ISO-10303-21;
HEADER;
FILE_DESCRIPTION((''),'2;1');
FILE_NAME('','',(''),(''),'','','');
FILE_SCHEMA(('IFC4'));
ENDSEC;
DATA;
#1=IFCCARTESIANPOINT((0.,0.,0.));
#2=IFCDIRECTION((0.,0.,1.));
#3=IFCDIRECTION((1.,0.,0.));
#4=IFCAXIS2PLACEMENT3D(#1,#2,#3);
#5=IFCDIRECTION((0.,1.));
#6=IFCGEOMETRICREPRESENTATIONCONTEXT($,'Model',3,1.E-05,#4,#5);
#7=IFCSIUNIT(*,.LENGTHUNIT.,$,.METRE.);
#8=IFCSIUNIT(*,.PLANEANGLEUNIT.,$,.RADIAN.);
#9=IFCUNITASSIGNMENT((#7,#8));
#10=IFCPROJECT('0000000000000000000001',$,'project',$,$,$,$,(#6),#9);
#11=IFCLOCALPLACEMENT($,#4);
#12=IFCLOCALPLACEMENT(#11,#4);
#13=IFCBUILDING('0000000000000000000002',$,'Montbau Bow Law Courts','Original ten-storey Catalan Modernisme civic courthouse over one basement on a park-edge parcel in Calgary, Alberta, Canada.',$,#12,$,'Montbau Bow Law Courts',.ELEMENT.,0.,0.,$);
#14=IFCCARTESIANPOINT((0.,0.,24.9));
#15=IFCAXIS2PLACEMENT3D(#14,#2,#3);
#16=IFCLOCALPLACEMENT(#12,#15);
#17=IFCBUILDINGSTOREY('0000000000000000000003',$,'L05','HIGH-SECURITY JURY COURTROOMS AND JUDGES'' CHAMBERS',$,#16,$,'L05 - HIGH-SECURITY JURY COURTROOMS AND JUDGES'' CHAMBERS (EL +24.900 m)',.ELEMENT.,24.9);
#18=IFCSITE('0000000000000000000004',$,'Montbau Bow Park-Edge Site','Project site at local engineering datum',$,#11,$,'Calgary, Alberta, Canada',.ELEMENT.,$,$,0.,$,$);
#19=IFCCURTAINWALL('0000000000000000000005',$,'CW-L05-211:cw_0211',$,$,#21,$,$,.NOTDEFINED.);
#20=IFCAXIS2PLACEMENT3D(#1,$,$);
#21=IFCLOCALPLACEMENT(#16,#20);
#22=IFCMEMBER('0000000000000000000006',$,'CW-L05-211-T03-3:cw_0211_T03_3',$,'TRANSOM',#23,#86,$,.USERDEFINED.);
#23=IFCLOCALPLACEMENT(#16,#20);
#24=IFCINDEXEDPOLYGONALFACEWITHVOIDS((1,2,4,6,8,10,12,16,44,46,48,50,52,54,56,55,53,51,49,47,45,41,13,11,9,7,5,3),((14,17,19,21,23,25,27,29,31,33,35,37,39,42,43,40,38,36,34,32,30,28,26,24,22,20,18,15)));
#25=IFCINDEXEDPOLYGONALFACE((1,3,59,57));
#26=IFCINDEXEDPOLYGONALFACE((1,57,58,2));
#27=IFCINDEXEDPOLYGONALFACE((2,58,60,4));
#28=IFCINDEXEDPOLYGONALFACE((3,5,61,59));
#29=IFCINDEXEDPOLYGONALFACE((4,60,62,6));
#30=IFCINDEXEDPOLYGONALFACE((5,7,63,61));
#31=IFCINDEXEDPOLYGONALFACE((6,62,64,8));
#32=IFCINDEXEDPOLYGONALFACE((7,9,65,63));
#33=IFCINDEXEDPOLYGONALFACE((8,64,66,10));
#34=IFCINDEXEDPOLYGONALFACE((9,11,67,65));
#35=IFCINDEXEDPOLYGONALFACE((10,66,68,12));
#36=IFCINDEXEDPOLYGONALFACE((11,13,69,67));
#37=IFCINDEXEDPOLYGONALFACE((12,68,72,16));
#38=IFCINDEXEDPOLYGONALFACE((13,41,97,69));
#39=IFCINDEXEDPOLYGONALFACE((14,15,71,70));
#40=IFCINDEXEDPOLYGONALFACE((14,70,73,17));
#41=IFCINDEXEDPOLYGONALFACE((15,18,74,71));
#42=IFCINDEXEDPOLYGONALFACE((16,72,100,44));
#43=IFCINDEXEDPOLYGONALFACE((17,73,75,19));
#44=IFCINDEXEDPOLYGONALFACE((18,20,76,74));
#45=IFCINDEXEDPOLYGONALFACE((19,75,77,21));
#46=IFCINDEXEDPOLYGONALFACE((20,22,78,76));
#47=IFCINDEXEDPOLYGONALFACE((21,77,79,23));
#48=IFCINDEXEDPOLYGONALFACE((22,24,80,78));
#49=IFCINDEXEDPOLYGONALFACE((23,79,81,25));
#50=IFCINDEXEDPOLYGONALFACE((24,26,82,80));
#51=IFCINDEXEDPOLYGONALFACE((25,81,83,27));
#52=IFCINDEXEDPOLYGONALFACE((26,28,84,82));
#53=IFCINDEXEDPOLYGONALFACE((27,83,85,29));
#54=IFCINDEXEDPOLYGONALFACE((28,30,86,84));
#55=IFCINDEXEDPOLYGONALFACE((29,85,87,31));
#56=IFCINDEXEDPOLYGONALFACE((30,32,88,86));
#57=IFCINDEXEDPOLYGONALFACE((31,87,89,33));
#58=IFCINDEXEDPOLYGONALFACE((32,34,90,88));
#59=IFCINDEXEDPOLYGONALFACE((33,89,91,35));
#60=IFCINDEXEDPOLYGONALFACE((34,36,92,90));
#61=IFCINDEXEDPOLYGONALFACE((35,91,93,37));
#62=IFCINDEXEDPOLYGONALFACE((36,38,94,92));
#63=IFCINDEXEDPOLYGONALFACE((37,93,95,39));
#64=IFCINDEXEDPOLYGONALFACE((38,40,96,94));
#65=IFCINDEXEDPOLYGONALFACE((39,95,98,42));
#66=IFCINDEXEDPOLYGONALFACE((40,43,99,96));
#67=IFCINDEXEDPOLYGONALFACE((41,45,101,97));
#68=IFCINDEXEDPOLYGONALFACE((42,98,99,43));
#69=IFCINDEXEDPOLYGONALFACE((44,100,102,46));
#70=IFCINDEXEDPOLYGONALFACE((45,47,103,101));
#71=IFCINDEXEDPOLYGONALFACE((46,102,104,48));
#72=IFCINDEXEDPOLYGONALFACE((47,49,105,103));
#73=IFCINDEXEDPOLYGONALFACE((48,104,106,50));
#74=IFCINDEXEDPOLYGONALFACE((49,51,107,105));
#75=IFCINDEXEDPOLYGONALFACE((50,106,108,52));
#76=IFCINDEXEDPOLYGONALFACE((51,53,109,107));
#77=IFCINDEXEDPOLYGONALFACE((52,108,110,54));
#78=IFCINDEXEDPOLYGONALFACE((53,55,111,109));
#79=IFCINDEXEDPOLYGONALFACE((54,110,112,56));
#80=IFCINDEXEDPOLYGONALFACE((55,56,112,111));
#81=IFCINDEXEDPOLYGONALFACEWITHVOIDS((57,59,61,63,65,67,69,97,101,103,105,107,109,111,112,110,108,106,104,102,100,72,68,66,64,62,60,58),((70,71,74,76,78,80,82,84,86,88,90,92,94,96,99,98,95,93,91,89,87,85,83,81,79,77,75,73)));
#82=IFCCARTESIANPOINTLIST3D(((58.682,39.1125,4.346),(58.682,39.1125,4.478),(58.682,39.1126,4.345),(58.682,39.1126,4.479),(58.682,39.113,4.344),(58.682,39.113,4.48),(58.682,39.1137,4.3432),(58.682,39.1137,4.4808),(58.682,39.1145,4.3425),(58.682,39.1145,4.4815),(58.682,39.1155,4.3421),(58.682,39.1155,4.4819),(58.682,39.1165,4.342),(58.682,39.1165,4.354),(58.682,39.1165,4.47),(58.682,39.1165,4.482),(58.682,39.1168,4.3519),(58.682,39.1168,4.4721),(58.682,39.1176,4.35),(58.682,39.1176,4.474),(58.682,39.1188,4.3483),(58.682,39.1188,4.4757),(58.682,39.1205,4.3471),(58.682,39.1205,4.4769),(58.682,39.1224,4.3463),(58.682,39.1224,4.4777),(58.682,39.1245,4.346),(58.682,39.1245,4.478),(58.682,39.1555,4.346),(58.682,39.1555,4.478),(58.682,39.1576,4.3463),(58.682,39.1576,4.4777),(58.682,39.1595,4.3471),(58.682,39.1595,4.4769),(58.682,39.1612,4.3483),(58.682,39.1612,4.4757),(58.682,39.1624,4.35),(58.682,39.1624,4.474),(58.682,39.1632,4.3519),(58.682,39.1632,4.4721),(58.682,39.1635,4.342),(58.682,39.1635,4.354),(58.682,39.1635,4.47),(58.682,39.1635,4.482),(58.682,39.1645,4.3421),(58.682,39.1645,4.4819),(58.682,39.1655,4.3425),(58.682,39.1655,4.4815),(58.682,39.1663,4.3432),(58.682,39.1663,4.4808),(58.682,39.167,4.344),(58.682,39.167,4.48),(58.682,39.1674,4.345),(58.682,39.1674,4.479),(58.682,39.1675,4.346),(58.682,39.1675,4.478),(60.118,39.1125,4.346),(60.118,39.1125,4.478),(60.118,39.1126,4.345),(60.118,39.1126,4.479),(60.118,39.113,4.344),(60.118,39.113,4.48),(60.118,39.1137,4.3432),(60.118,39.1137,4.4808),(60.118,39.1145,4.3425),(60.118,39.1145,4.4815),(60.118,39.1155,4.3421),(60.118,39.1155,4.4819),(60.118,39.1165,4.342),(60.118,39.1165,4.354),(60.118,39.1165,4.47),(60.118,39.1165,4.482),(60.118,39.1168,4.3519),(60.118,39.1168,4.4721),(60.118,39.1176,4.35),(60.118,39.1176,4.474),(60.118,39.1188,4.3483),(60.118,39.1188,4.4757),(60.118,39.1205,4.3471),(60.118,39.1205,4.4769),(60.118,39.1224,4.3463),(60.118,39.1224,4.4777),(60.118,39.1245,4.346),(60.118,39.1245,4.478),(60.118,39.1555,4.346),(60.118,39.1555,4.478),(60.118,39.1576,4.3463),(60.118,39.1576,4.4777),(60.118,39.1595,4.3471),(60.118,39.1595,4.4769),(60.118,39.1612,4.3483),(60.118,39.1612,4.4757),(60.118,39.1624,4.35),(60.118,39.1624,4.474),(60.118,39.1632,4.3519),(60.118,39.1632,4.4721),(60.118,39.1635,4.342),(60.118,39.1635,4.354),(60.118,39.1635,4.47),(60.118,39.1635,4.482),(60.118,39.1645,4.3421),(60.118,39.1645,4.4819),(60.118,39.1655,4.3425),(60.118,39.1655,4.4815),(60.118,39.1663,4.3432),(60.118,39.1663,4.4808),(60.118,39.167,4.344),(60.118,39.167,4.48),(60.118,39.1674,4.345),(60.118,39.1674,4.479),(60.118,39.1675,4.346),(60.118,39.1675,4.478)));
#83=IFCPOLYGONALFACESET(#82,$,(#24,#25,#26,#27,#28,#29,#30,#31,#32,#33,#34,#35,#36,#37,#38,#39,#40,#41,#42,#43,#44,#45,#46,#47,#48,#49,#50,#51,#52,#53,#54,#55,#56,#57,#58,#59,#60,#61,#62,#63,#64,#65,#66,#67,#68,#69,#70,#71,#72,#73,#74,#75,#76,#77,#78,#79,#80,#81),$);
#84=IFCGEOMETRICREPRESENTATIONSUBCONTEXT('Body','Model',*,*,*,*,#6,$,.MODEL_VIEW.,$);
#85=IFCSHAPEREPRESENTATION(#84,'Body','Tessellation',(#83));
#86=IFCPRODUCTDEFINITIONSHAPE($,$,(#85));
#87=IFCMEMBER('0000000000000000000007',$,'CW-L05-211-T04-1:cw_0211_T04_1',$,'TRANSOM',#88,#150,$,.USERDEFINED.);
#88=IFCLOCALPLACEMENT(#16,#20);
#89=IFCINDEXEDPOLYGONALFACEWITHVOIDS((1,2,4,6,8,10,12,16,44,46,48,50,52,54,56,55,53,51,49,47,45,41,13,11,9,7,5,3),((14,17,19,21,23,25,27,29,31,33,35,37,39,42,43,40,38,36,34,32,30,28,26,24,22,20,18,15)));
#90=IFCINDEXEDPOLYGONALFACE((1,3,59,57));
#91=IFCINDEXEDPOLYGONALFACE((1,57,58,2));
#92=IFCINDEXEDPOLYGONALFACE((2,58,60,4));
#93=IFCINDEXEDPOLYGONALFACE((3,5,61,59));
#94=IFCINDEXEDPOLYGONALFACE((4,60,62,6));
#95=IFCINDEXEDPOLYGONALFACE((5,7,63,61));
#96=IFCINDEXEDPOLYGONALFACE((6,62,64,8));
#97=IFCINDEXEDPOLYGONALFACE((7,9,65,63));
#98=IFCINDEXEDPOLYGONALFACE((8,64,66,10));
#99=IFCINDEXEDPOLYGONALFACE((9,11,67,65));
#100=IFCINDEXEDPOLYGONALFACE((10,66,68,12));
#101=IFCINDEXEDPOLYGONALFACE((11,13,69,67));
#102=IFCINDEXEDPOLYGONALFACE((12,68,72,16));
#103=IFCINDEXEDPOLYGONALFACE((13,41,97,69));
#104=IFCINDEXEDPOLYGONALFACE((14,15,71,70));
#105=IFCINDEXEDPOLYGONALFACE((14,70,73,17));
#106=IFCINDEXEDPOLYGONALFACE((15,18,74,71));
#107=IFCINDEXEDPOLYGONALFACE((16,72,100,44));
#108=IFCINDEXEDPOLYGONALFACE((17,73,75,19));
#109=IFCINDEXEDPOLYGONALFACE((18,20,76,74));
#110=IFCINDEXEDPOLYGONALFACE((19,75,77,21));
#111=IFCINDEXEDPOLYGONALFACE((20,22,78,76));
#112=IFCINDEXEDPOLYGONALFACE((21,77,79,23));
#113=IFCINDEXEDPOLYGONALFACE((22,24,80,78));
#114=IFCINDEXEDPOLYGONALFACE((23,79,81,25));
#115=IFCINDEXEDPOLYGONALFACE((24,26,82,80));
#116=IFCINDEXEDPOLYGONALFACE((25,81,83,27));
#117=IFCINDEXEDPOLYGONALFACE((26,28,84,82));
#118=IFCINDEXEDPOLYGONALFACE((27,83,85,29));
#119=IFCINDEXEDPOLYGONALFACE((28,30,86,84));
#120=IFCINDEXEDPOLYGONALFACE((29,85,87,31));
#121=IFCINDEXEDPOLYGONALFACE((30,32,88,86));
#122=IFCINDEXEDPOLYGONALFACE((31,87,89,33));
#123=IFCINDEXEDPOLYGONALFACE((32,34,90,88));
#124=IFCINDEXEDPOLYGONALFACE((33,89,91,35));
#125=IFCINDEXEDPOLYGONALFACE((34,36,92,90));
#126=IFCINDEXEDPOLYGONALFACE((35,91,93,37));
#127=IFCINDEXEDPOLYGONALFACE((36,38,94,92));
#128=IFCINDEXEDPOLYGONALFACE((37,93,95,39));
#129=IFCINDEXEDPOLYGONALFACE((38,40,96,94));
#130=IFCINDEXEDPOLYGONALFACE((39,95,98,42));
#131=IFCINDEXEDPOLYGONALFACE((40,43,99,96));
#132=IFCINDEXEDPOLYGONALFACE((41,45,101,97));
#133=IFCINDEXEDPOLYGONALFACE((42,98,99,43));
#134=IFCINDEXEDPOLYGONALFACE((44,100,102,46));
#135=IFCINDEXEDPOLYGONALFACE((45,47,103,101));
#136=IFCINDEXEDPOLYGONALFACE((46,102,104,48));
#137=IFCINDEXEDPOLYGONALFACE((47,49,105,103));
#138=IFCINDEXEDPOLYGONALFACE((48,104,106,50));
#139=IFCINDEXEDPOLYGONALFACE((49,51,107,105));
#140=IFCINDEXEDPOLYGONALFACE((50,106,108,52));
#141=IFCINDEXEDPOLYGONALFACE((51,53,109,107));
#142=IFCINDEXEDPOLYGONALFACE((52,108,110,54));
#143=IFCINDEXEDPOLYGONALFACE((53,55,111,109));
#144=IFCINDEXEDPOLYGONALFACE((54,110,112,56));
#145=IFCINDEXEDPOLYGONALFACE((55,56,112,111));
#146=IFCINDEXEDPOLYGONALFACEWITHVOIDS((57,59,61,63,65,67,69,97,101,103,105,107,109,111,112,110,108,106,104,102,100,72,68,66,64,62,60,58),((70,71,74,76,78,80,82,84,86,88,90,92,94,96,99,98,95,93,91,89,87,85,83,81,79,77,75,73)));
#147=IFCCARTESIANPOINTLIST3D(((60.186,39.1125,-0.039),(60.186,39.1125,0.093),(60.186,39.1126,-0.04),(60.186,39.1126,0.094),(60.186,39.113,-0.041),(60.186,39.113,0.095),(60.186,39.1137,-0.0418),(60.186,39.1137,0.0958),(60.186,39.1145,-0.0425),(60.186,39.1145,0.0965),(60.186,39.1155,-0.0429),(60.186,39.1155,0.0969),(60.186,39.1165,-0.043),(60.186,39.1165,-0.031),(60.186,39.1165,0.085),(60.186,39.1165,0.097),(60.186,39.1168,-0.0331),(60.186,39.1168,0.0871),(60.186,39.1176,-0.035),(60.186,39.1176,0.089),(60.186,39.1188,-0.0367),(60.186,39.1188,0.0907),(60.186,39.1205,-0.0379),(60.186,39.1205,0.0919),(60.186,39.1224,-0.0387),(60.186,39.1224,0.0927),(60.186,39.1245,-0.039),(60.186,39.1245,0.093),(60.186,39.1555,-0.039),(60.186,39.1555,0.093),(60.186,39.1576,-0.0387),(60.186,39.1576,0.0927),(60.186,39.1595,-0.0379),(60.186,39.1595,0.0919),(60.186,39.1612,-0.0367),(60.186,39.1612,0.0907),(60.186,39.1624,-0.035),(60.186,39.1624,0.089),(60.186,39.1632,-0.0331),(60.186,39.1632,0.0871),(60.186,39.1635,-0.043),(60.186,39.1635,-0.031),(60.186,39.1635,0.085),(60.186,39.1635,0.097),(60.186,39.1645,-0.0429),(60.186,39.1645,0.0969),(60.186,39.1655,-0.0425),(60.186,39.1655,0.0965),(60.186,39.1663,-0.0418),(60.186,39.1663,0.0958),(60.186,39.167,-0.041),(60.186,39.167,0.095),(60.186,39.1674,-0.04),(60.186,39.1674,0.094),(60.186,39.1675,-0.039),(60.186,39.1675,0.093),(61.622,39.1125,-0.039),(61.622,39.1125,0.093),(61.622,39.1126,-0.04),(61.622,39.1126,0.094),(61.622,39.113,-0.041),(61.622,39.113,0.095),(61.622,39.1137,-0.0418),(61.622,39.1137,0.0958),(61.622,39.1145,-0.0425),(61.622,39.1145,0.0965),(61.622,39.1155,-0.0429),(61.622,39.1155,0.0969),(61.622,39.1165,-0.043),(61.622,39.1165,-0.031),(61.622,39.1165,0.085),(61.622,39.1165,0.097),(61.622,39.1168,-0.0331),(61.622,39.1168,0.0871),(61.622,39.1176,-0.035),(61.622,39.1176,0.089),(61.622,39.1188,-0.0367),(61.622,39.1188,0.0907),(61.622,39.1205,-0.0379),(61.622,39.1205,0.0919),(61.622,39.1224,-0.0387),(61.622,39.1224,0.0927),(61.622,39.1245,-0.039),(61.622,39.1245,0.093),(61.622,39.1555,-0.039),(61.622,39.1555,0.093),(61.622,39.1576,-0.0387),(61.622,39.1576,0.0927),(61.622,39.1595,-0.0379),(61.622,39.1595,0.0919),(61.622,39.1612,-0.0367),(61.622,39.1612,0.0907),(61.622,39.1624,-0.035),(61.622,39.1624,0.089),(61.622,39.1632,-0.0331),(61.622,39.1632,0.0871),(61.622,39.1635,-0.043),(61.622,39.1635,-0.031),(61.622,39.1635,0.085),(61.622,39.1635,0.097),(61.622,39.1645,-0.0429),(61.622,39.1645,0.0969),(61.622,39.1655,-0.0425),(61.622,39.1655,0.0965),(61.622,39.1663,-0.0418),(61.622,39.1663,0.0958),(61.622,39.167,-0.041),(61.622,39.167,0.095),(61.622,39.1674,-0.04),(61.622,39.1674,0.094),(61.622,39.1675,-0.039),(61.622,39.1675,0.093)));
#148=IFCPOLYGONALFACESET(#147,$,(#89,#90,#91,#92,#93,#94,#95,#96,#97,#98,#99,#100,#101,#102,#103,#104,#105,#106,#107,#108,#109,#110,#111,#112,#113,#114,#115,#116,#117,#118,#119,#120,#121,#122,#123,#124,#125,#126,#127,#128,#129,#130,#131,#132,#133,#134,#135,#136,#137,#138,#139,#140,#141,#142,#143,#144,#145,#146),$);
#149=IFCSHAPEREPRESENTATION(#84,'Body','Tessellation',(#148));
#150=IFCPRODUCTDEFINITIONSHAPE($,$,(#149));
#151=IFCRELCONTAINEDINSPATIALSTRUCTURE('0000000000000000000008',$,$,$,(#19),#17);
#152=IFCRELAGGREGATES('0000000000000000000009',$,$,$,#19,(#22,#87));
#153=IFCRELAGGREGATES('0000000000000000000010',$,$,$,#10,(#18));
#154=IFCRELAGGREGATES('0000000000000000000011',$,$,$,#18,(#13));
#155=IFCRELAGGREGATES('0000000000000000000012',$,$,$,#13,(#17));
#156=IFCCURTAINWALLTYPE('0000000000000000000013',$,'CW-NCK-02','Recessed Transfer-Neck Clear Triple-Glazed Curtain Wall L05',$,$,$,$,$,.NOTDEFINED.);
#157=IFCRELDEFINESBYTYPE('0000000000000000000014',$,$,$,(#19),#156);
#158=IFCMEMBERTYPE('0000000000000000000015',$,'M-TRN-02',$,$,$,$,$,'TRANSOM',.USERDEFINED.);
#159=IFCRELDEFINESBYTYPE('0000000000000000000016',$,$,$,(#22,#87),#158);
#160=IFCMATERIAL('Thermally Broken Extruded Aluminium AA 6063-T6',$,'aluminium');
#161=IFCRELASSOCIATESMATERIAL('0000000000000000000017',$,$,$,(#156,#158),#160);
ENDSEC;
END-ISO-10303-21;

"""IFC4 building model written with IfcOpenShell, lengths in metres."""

from ifc_helpers import new_model, si_unit, direction, frame, origin_with_axes, origin_2d_with_axis, place, context, subcontext, project, spatial, hollow_rectangle, extrude, material, material_profile, profile_set, type_object, element, aggregate, save


model = new_model("IFC4")

# Units and contexts
model_context = context("Model", 3, precision=1e-05, world=origin_with_axes(), true_north=direction((0.0, 1.0)))
body_context = subcontext(model_context, "Body", "Model", "MODEL_VIEW")
ifc_project = project(units=[si_unit("LENGTHUNIT", "METRE"), si_unit("PLANEANGLEUNIT", "RADIAN")], contexts=[model_context])

# Site, building, storey
site_placement = place(None, origin_with_axes())
site = spatial("IfcSite", under=ifc_project, at=site_placement, Name="Montbau Bow Park-Edge Site", Description="Project site at local engineering datum", LongName="Calgary, Alberta, Canada", CompositionType="ELEMENT", RefElevation=0.0)
building_placement = place(site_placement, origin_with_axes())
building = spatial("IfcBuilding", under=site, at=building_placement, Name="Montbau Bow Law Courts", Description="Original ten-storey Catalan Modernisme civic courthouse over one basement on a park-edge parcel in Calgary, Alberta, Canada.", LongName="Montbau Bow Law Courts", CompositionType="ELEMENT", ElevationOfRefHeight=0.0, ElevationOfTerrain=0.0)
storey_placement = place(building_placement, frame((0.0, 0.0, 24.9), z_axis=(0.0, 0.0, 1.0), x_axis=(1.0, 0.0, 0.0)))
storey = spatial("IfcBuildingStorey", under=building, at=storey_placement, Name="L05", Description="HIGH-SECURITY JURY COURTROOMS AND JUDGES' CHAMBERS", LongName="L05 - HIGH-SECURITY JURY COURTROOMS AND JUDGES' CHAMBERS (EL +24.900 m)", CompositionType="ELEMENT", Elevation=24.9)

# Curtain wall, members
ifc_material_1 = material(Name="Thermally Broken Extruded Aluminium AA 6063-T6", Category="aluminium")
curtain_wall_type = type_object("IfcCurtainWallType", Name="CW-NCK-02", Description="Recessed Transfer-Neck Clear Triple-Glazed Curtain Wall L05", PredefinedType="NOTDEFINED", material=ifc_material_1)
curtain_wall_placement = place(None, frame((55.64, 39.14, 24.9), z_axis=(0.0, 0.0, 1.0), x_axis=(1.0, 0.0, 0.0)))
curtain_wall = element("IfcCurtainWall", 1, at=curtain_wall_placement, inside=storey, type_object=curtain_wall_type, Name="CW-L05-211:cw_0211", PredefinedType="NOTDEFINED")
ifc_material_profile_1 = material_profile(ifc_material_1, hollow_rectangle(XDim=0.055, YDim=0.14, WallThickness=0.004, InnerFilletRadius=0.008, OuterFilletRadius=0.004, at=origin_2d_with_axis()), Name="CWT-140X55", Category="Main", Priority=0)
ifc_profile_set_1 = profile_set([ifc_material_profile_1], Name="Thermally Broken Extruded Aluminium AA 6063-T6")
member_type_1 = type_object("IfcMemberType", Name="M-TRN-02", ElementType="TRANSOM", PredefinedType="USERDEFINED", material=ifc_profile_set_1)
member_1_placement = place(None, frame((58.682, 39.14, 29.312), z_axis=(1.0, 0.0, 0.0), x_axis=(0.0, 1.0, 0.0)))
member_1 = element("IfcMember", 2, at=member_1_placement, type_object=member_type_1, Name="CW-L05-211-T03-3:cw_0211_T03_3", ObjectType="TRANSOM", PredefinedType="USERDEFINED", context=body_context, shape_type="SweptSolid", body=[
    extrude(hollow_rectangle(XDim=0.055, YDim=0.14, WallThickness=0.004, InnerFilletRadius=0.008, OuterFilletRadius=0.004, at=origin_2d_with_axis()), origin_with_axes(), (0.0, 0.0, 1.0), 1.436),
])
member_2_placement = place(None, frame((60.186, 39.14, 24.927), z_axis=(1.0, 0.0, 0.0), x_axis=(0.0, 1.0, 0.0)))
member_2 = element("IfcMember", 3, at=member_2_placement, type_object=member_type_1, Name="CW-L05-211-T04-1:cw_0211_T04_1", ObjectType="TRANSOM", PredefinedType="USERDEFINED", context=body_context, shape_type="SweptSolid", body=[
    extrude(hollow_rectangle(XDim=0.055, YDim=0.14, WallThickness=0.004, InnerFilletRadius=0.008, OuterFilletRadius=0.004, at=origin_2d_with_axis()), origin_with_axes(), (0.0, 0.0, 1.0), 1.436),
])
aggregate(curtain_wall, [member_1, member_2])

save(model, "model.ifc")
